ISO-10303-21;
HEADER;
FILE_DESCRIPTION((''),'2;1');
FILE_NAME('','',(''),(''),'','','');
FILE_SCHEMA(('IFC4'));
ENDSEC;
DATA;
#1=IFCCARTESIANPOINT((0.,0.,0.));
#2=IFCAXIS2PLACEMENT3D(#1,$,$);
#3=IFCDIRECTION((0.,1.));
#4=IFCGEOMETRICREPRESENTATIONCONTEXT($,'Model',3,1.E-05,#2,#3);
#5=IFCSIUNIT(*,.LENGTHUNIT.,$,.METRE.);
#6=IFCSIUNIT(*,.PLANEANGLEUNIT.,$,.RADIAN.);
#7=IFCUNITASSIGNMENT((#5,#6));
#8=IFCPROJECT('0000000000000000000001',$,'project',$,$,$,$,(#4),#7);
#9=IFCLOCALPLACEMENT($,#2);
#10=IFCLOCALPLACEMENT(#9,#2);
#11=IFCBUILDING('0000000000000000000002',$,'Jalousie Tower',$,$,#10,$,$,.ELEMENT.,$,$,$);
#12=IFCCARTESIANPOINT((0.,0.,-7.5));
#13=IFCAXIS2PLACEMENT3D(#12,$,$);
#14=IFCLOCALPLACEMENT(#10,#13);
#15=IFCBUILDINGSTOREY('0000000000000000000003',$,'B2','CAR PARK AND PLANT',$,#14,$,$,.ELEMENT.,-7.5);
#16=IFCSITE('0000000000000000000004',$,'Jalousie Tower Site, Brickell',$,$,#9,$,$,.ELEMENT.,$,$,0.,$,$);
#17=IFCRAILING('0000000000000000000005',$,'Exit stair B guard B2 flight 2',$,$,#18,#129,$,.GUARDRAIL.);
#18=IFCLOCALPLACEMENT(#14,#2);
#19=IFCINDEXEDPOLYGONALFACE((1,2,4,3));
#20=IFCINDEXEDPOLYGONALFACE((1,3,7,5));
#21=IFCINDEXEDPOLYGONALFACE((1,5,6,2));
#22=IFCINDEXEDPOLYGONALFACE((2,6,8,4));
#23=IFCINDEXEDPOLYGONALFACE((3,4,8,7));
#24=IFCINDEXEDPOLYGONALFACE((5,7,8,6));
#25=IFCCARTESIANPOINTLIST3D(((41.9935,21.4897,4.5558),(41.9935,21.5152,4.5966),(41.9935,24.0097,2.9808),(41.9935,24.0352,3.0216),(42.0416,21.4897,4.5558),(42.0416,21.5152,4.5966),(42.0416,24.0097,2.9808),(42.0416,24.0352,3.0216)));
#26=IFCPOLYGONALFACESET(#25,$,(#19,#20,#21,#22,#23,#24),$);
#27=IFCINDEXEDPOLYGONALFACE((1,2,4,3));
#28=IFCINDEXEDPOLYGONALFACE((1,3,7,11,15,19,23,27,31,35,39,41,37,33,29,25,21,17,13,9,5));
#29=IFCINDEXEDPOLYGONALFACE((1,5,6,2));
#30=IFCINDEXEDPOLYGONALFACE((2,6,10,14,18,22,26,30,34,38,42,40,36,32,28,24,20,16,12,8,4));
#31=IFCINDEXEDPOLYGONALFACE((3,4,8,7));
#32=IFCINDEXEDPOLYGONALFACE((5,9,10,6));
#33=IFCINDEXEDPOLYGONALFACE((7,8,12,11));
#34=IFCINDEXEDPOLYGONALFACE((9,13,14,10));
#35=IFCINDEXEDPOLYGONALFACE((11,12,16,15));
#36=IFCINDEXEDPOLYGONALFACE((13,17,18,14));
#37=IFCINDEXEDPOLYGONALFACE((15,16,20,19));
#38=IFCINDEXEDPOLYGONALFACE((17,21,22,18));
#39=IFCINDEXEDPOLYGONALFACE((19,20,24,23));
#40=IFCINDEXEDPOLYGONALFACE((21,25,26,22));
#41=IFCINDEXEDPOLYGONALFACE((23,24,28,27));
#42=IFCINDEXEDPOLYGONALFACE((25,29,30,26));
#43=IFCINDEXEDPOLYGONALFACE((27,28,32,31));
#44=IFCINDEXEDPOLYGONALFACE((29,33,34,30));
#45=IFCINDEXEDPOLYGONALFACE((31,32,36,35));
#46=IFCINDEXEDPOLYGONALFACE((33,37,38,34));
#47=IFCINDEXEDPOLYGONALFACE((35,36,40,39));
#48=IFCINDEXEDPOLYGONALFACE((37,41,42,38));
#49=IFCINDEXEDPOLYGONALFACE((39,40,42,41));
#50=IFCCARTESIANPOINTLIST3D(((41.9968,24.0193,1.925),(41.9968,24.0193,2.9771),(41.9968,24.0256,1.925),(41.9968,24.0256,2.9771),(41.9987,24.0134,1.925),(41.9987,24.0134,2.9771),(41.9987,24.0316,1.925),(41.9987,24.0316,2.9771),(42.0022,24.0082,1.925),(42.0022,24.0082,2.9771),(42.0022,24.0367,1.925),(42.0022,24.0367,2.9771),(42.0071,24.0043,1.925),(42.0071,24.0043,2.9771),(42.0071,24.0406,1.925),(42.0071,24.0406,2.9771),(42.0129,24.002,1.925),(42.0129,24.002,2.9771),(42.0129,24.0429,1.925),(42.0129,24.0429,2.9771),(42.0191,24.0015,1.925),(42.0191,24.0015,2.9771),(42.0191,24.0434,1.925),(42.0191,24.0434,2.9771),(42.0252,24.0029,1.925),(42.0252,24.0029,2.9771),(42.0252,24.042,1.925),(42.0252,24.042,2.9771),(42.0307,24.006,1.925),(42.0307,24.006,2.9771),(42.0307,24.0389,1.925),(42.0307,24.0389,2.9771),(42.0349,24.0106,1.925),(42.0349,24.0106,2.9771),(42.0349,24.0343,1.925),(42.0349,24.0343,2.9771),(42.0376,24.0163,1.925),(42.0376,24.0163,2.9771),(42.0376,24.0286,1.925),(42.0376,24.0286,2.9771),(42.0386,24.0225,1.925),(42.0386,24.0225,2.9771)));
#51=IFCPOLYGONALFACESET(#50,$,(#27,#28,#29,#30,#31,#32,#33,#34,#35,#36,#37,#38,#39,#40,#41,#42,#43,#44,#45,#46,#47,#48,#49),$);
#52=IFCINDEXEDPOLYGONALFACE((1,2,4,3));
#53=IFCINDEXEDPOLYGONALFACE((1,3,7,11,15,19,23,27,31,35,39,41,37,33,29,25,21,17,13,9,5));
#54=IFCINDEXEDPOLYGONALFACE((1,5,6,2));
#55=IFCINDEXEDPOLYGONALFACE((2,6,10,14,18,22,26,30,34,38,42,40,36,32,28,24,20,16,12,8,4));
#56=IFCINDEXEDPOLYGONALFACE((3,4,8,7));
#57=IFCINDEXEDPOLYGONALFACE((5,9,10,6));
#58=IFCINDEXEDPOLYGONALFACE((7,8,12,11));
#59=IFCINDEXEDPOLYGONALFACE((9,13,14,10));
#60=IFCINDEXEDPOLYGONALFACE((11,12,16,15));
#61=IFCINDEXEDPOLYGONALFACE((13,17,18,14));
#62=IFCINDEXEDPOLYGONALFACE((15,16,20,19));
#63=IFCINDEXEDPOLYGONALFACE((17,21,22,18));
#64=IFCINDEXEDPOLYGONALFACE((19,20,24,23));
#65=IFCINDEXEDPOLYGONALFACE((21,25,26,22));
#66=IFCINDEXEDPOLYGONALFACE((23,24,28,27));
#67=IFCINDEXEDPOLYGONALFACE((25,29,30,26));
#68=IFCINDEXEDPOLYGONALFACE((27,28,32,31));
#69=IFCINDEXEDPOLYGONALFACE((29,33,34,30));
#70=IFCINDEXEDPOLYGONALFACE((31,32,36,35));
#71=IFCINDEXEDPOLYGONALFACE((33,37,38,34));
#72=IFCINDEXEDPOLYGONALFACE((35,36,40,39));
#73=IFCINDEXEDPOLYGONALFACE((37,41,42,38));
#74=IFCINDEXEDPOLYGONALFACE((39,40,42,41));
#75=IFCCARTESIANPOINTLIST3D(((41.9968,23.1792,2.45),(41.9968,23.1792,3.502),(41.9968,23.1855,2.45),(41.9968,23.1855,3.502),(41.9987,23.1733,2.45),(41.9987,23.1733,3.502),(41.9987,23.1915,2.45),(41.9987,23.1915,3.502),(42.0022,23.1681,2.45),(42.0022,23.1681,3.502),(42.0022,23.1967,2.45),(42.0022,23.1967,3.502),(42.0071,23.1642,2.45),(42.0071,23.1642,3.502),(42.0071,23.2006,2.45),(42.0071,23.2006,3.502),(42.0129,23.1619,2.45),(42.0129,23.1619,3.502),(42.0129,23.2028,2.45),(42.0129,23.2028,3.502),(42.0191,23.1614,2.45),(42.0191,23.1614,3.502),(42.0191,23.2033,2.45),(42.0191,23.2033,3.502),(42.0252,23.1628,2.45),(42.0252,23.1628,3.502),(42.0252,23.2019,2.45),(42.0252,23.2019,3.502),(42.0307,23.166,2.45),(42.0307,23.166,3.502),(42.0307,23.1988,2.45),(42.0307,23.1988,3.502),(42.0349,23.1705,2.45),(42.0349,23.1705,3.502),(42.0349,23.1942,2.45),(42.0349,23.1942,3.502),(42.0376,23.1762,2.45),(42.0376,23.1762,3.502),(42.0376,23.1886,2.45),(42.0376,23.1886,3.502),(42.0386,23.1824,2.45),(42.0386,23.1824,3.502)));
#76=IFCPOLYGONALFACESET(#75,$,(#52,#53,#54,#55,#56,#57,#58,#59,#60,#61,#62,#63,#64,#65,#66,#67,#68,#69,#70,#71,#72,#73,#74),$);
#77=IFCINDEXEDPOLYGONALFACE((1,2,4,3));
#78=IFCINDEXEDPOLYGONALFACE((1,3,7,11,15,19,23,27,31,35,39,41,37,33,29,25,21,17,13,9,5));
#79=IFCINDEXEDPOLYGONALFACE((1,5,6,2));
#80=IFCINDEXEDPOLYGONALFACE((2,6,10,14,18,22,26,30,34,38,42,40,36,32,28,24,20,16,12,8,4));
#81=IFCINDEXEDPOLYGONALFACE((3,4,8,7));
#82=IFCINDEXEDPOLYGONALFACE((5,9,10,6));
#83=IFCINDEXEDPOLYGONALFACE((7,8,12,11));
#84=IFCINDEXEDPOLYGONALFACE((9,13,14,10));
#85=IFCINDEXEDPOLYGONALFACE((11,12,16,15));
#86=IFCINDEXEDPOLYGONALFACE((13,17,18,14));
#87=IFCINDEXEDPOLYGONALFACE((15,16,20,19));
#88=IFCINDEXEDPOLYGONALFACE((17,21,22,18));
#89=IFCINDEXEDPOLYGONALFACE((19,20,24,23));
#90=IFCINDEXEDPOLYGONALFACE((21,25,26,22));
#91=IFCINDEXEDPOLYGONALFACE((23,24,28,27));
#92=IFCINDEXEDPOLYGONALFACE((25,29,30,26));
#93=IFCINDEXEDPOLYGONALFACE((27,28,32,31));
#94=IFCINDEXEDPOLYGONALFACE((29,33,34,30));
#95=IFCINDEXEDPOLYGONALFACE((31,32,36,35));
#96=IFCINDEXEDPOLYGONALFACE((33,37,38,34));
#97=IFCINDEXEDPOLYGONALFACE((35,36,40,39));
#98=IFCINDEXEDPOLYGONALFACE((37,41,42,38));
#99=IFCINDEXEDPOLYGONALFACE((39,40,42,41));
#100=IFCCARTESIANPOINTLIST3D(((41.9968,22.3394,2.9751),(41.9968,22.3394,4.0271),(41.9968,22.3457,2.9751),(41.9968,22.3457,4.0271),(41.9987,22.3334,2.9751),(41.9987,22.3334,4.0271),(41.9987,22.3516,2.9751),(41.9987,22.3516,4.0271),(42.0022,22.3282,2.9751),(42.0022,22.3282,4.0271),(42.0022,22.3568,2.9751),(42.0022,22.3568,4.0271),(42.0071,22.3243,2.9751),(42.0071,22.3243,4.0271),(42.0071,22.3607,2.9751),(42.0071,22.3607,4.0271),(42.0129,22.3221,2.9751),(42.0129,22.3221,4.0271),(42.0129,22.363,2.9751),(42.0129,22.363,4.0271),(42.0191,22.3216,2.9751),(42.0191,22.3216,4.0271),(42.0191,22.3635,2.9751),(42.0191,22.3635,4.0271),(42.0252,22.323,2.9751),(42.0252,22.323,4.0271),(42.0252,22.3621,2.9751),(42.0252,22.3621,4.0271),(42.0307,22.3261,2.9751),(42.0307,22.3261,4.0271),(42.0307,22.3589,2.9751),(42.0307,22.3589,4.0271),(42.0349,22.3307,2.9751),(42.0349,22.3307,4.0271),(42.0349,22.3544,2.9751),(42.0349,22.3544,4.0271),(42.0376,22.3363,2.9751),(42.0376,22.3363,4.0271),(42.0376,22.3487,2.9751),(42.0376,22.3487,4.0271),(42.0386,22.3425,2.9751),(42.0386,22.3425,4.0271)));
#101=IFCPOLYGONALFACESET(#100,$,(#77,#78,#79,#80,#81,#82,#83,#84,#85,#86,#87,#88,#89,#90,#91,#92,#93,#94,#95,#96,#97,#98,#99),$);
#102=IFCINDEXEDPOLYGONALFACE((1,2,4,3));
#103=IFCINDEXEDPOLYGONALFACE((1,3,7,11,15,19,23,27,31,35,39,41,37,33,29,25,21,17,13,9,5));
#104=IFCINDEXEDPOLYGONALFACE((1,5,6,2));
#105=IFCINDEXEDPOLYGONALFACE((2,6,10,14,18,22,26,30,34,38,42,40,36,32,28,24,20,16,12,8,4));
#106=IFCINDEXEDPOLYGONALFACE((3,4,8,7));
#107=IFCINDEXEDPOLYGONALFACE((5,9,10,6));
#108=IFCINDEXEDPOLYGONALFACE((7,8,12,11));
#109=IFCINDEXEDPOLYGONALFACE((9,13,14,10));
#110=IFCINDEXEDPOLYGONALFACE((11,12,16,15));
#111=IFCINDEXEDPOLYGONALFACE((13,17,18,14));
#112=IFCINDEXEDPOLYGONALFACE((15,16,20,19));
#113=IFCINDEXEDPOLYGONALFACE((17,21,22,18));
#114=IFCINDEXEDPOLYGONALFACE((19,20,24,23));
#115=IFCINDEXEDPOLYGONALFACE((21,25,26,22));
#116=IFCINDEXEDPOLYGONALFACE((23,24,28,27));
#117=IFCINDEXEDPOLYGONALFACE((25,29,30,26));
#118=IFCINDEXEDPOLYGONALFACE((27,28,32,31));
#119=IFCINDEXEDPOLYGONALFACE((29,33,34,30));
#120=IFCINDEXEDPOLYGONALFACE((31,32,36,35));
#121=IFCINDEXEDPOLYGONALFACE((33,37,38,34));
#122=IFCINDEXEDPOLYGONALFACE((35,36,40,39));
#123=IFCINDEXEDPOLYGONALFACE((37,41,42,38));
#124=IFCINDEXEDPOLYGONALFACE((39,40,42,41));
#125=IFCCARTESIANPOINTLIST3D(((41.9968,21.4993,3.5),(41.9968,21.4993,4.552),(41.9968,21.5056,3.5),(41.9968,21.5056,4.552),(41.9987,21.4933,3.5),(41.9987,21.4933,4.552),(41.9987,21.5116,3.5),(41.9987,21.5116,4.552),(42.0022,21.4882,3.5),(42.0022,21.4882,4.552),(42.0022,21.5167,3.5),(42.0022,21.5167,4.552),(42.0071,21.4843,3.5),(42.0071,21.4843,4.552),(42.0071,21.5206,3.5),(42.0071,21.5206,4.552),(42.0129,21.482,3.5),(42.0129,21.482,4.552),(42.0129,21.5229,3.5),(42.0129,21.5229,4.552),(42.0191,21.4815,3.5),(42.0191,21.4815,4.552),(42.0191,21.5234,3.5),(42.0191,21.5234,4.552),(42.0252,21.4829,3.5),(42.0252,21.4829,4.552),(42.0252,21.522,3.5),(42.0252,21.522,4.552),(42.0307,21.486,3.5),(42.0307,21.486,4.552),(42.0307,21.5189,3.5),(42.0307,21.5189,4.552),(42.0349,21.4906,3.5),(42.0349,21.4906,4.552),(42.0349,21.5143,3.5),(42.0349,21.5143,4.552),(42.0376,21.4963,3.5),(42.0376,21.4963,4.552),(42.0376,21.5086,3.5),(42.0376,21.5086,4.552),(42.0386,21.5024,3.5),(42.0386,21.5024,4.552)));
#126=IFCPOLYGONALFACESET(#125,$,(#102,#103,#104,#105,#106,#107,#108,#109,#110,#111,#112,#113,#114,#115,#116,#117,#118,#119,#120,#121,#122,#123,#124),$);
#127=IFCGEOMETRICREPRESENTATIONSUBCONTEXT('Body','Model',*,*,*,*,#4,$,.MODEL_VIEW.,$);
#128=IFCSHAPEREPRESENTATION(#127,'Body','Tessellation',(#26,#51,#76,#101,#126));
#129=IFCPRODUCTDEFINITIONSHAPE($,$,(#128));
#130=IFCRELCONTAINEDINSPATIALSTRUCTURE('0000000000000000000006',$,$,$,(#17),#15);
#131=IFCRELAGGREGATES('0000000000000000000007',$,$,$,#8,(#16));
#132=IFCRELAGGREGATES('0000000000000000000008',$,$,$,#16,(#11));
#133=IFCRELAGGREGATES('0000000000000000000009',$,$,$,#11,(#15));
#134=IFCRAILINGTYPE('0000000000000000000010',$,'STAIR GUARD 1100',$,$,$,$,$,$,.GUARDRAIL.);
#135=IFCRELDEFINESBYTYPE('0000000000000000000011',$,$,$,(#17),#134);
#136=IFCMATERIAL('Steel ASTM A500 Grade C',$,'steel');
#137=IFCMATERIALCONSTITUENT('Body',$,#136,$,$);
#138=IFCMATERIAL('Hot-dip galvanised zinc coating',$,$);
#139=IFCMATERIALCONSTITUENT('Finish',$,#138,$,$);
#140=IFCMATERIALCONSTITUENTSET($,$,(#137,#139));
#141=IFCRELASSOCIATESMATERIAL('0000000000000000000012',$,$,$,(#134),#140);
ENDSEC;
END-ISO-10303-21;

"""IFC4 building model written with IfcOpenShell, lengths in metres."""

from ifc_helpers import new_model, si_unit, direction, frame, origin, origin_2d, place, context, subcontext, project, spatial, rectangle, circle, extrude, material, constituent, constituent_set, type_object, element, save


model = new_model("IFC4")

# Units and contexts
model_context = context("Model", 3, precision=1e-05, world=origin(), true_north=direction((0.0, 1.0)))
body_context = subcontext(model_context, "Body", "Model", "MODEL_VIEW")
ifc_project = project(units=[si_unit("LENGTHUNIT", "METRE"), si_unit("PLANEANGLEUNIT", "RADIAN")], contexts=[model_context])

# Site, building, storey
site_placement = place(None, origin())
site = spatial("IfcSite", under=ifc_project, at=site_placement, Name="Jalousie Tower Site, Brickell", CompositionType="ELEMENT", RefElevation=0.0)
building_placement = place(site_placement, origin())
building = spatial("IfcBuilding", under=site, at=building_placement, Name="Jalousie Tower", CompositionType="ELEMENT")
storey_placement = place(building_placement, frame((0.0, 0.0, -7.5)))
storey = spatial("IfcBuildingStorey", under=building, at=storey_placement, Name="B2", Description="CAR PARK AND PLANT", CompositionType="ELEMENT", Elevation=-7.5)

# Railing
ifc_material_1 = material(Name="Steel ASTM A500 Grade C", Category="steel")
ifc_constituent_1 = constituent(ifc_material_1, Name="Body")
ifc_material_2 = material(Name="Hot-dip galvanised zinc coating")
ifc_constituent_2 = constituent(ifc_material_2, Name="Finish")
ifc_constituent_set_1 = constituent_set(constituents=[ifc_constituent_1, ifc_constituent_2])
railing_type_1 = type_object("IfcRailingType", Name="STAIR GUARD 1100", PredefinedType="GUARDRAIL", material=ifc_constituent_set_1)
railing_1_placement = place(storey_placement, frame((42.0176, 24.0225, 1.925)))
element("IfcRailing", 1, at=railing_1_placement, inside=storey, type_object=railing_type_1, Name="Exit stair B guard B2 flight 2", PredefinedType="GUARDRAIL", context=body_context, shape_type="SweptSolid", body=[
    extrude(rectangle(XDim=0.0481, YDim=0.0481, at=origin_2d()), frame((0.0, 0.0, 1.0762), z_axis=(0.0, -0.848008, 0.529984), x_axis=(1.0, 0.0, 0.0)), (0.0, 0.0, 1.0), 2.9717),
    extrude(circle(Radius=0.021, at=origin_2d()), origin(), (0.0, 0.0, 1.0), 1.052),
    extrude(circle(Radius=0.021, at=origin_2d()), frame((0.0, -0.8401, 0.5249)), (0.0, 0.0, 1.0), 1.052),
    extrude(circle(Radius=0.021, at=origin_2d()), frame((0.0, -1.6799, 1.05)), (0.0, 0.0, 1.0), 1.052),
    extrude(circle(Radius=0.021, at=origin_2d()), frame((0.0, -2.52, 1.575)), (0.0, 0.0, 1.0), 1.052),
])

save(model, "model.ifc")
